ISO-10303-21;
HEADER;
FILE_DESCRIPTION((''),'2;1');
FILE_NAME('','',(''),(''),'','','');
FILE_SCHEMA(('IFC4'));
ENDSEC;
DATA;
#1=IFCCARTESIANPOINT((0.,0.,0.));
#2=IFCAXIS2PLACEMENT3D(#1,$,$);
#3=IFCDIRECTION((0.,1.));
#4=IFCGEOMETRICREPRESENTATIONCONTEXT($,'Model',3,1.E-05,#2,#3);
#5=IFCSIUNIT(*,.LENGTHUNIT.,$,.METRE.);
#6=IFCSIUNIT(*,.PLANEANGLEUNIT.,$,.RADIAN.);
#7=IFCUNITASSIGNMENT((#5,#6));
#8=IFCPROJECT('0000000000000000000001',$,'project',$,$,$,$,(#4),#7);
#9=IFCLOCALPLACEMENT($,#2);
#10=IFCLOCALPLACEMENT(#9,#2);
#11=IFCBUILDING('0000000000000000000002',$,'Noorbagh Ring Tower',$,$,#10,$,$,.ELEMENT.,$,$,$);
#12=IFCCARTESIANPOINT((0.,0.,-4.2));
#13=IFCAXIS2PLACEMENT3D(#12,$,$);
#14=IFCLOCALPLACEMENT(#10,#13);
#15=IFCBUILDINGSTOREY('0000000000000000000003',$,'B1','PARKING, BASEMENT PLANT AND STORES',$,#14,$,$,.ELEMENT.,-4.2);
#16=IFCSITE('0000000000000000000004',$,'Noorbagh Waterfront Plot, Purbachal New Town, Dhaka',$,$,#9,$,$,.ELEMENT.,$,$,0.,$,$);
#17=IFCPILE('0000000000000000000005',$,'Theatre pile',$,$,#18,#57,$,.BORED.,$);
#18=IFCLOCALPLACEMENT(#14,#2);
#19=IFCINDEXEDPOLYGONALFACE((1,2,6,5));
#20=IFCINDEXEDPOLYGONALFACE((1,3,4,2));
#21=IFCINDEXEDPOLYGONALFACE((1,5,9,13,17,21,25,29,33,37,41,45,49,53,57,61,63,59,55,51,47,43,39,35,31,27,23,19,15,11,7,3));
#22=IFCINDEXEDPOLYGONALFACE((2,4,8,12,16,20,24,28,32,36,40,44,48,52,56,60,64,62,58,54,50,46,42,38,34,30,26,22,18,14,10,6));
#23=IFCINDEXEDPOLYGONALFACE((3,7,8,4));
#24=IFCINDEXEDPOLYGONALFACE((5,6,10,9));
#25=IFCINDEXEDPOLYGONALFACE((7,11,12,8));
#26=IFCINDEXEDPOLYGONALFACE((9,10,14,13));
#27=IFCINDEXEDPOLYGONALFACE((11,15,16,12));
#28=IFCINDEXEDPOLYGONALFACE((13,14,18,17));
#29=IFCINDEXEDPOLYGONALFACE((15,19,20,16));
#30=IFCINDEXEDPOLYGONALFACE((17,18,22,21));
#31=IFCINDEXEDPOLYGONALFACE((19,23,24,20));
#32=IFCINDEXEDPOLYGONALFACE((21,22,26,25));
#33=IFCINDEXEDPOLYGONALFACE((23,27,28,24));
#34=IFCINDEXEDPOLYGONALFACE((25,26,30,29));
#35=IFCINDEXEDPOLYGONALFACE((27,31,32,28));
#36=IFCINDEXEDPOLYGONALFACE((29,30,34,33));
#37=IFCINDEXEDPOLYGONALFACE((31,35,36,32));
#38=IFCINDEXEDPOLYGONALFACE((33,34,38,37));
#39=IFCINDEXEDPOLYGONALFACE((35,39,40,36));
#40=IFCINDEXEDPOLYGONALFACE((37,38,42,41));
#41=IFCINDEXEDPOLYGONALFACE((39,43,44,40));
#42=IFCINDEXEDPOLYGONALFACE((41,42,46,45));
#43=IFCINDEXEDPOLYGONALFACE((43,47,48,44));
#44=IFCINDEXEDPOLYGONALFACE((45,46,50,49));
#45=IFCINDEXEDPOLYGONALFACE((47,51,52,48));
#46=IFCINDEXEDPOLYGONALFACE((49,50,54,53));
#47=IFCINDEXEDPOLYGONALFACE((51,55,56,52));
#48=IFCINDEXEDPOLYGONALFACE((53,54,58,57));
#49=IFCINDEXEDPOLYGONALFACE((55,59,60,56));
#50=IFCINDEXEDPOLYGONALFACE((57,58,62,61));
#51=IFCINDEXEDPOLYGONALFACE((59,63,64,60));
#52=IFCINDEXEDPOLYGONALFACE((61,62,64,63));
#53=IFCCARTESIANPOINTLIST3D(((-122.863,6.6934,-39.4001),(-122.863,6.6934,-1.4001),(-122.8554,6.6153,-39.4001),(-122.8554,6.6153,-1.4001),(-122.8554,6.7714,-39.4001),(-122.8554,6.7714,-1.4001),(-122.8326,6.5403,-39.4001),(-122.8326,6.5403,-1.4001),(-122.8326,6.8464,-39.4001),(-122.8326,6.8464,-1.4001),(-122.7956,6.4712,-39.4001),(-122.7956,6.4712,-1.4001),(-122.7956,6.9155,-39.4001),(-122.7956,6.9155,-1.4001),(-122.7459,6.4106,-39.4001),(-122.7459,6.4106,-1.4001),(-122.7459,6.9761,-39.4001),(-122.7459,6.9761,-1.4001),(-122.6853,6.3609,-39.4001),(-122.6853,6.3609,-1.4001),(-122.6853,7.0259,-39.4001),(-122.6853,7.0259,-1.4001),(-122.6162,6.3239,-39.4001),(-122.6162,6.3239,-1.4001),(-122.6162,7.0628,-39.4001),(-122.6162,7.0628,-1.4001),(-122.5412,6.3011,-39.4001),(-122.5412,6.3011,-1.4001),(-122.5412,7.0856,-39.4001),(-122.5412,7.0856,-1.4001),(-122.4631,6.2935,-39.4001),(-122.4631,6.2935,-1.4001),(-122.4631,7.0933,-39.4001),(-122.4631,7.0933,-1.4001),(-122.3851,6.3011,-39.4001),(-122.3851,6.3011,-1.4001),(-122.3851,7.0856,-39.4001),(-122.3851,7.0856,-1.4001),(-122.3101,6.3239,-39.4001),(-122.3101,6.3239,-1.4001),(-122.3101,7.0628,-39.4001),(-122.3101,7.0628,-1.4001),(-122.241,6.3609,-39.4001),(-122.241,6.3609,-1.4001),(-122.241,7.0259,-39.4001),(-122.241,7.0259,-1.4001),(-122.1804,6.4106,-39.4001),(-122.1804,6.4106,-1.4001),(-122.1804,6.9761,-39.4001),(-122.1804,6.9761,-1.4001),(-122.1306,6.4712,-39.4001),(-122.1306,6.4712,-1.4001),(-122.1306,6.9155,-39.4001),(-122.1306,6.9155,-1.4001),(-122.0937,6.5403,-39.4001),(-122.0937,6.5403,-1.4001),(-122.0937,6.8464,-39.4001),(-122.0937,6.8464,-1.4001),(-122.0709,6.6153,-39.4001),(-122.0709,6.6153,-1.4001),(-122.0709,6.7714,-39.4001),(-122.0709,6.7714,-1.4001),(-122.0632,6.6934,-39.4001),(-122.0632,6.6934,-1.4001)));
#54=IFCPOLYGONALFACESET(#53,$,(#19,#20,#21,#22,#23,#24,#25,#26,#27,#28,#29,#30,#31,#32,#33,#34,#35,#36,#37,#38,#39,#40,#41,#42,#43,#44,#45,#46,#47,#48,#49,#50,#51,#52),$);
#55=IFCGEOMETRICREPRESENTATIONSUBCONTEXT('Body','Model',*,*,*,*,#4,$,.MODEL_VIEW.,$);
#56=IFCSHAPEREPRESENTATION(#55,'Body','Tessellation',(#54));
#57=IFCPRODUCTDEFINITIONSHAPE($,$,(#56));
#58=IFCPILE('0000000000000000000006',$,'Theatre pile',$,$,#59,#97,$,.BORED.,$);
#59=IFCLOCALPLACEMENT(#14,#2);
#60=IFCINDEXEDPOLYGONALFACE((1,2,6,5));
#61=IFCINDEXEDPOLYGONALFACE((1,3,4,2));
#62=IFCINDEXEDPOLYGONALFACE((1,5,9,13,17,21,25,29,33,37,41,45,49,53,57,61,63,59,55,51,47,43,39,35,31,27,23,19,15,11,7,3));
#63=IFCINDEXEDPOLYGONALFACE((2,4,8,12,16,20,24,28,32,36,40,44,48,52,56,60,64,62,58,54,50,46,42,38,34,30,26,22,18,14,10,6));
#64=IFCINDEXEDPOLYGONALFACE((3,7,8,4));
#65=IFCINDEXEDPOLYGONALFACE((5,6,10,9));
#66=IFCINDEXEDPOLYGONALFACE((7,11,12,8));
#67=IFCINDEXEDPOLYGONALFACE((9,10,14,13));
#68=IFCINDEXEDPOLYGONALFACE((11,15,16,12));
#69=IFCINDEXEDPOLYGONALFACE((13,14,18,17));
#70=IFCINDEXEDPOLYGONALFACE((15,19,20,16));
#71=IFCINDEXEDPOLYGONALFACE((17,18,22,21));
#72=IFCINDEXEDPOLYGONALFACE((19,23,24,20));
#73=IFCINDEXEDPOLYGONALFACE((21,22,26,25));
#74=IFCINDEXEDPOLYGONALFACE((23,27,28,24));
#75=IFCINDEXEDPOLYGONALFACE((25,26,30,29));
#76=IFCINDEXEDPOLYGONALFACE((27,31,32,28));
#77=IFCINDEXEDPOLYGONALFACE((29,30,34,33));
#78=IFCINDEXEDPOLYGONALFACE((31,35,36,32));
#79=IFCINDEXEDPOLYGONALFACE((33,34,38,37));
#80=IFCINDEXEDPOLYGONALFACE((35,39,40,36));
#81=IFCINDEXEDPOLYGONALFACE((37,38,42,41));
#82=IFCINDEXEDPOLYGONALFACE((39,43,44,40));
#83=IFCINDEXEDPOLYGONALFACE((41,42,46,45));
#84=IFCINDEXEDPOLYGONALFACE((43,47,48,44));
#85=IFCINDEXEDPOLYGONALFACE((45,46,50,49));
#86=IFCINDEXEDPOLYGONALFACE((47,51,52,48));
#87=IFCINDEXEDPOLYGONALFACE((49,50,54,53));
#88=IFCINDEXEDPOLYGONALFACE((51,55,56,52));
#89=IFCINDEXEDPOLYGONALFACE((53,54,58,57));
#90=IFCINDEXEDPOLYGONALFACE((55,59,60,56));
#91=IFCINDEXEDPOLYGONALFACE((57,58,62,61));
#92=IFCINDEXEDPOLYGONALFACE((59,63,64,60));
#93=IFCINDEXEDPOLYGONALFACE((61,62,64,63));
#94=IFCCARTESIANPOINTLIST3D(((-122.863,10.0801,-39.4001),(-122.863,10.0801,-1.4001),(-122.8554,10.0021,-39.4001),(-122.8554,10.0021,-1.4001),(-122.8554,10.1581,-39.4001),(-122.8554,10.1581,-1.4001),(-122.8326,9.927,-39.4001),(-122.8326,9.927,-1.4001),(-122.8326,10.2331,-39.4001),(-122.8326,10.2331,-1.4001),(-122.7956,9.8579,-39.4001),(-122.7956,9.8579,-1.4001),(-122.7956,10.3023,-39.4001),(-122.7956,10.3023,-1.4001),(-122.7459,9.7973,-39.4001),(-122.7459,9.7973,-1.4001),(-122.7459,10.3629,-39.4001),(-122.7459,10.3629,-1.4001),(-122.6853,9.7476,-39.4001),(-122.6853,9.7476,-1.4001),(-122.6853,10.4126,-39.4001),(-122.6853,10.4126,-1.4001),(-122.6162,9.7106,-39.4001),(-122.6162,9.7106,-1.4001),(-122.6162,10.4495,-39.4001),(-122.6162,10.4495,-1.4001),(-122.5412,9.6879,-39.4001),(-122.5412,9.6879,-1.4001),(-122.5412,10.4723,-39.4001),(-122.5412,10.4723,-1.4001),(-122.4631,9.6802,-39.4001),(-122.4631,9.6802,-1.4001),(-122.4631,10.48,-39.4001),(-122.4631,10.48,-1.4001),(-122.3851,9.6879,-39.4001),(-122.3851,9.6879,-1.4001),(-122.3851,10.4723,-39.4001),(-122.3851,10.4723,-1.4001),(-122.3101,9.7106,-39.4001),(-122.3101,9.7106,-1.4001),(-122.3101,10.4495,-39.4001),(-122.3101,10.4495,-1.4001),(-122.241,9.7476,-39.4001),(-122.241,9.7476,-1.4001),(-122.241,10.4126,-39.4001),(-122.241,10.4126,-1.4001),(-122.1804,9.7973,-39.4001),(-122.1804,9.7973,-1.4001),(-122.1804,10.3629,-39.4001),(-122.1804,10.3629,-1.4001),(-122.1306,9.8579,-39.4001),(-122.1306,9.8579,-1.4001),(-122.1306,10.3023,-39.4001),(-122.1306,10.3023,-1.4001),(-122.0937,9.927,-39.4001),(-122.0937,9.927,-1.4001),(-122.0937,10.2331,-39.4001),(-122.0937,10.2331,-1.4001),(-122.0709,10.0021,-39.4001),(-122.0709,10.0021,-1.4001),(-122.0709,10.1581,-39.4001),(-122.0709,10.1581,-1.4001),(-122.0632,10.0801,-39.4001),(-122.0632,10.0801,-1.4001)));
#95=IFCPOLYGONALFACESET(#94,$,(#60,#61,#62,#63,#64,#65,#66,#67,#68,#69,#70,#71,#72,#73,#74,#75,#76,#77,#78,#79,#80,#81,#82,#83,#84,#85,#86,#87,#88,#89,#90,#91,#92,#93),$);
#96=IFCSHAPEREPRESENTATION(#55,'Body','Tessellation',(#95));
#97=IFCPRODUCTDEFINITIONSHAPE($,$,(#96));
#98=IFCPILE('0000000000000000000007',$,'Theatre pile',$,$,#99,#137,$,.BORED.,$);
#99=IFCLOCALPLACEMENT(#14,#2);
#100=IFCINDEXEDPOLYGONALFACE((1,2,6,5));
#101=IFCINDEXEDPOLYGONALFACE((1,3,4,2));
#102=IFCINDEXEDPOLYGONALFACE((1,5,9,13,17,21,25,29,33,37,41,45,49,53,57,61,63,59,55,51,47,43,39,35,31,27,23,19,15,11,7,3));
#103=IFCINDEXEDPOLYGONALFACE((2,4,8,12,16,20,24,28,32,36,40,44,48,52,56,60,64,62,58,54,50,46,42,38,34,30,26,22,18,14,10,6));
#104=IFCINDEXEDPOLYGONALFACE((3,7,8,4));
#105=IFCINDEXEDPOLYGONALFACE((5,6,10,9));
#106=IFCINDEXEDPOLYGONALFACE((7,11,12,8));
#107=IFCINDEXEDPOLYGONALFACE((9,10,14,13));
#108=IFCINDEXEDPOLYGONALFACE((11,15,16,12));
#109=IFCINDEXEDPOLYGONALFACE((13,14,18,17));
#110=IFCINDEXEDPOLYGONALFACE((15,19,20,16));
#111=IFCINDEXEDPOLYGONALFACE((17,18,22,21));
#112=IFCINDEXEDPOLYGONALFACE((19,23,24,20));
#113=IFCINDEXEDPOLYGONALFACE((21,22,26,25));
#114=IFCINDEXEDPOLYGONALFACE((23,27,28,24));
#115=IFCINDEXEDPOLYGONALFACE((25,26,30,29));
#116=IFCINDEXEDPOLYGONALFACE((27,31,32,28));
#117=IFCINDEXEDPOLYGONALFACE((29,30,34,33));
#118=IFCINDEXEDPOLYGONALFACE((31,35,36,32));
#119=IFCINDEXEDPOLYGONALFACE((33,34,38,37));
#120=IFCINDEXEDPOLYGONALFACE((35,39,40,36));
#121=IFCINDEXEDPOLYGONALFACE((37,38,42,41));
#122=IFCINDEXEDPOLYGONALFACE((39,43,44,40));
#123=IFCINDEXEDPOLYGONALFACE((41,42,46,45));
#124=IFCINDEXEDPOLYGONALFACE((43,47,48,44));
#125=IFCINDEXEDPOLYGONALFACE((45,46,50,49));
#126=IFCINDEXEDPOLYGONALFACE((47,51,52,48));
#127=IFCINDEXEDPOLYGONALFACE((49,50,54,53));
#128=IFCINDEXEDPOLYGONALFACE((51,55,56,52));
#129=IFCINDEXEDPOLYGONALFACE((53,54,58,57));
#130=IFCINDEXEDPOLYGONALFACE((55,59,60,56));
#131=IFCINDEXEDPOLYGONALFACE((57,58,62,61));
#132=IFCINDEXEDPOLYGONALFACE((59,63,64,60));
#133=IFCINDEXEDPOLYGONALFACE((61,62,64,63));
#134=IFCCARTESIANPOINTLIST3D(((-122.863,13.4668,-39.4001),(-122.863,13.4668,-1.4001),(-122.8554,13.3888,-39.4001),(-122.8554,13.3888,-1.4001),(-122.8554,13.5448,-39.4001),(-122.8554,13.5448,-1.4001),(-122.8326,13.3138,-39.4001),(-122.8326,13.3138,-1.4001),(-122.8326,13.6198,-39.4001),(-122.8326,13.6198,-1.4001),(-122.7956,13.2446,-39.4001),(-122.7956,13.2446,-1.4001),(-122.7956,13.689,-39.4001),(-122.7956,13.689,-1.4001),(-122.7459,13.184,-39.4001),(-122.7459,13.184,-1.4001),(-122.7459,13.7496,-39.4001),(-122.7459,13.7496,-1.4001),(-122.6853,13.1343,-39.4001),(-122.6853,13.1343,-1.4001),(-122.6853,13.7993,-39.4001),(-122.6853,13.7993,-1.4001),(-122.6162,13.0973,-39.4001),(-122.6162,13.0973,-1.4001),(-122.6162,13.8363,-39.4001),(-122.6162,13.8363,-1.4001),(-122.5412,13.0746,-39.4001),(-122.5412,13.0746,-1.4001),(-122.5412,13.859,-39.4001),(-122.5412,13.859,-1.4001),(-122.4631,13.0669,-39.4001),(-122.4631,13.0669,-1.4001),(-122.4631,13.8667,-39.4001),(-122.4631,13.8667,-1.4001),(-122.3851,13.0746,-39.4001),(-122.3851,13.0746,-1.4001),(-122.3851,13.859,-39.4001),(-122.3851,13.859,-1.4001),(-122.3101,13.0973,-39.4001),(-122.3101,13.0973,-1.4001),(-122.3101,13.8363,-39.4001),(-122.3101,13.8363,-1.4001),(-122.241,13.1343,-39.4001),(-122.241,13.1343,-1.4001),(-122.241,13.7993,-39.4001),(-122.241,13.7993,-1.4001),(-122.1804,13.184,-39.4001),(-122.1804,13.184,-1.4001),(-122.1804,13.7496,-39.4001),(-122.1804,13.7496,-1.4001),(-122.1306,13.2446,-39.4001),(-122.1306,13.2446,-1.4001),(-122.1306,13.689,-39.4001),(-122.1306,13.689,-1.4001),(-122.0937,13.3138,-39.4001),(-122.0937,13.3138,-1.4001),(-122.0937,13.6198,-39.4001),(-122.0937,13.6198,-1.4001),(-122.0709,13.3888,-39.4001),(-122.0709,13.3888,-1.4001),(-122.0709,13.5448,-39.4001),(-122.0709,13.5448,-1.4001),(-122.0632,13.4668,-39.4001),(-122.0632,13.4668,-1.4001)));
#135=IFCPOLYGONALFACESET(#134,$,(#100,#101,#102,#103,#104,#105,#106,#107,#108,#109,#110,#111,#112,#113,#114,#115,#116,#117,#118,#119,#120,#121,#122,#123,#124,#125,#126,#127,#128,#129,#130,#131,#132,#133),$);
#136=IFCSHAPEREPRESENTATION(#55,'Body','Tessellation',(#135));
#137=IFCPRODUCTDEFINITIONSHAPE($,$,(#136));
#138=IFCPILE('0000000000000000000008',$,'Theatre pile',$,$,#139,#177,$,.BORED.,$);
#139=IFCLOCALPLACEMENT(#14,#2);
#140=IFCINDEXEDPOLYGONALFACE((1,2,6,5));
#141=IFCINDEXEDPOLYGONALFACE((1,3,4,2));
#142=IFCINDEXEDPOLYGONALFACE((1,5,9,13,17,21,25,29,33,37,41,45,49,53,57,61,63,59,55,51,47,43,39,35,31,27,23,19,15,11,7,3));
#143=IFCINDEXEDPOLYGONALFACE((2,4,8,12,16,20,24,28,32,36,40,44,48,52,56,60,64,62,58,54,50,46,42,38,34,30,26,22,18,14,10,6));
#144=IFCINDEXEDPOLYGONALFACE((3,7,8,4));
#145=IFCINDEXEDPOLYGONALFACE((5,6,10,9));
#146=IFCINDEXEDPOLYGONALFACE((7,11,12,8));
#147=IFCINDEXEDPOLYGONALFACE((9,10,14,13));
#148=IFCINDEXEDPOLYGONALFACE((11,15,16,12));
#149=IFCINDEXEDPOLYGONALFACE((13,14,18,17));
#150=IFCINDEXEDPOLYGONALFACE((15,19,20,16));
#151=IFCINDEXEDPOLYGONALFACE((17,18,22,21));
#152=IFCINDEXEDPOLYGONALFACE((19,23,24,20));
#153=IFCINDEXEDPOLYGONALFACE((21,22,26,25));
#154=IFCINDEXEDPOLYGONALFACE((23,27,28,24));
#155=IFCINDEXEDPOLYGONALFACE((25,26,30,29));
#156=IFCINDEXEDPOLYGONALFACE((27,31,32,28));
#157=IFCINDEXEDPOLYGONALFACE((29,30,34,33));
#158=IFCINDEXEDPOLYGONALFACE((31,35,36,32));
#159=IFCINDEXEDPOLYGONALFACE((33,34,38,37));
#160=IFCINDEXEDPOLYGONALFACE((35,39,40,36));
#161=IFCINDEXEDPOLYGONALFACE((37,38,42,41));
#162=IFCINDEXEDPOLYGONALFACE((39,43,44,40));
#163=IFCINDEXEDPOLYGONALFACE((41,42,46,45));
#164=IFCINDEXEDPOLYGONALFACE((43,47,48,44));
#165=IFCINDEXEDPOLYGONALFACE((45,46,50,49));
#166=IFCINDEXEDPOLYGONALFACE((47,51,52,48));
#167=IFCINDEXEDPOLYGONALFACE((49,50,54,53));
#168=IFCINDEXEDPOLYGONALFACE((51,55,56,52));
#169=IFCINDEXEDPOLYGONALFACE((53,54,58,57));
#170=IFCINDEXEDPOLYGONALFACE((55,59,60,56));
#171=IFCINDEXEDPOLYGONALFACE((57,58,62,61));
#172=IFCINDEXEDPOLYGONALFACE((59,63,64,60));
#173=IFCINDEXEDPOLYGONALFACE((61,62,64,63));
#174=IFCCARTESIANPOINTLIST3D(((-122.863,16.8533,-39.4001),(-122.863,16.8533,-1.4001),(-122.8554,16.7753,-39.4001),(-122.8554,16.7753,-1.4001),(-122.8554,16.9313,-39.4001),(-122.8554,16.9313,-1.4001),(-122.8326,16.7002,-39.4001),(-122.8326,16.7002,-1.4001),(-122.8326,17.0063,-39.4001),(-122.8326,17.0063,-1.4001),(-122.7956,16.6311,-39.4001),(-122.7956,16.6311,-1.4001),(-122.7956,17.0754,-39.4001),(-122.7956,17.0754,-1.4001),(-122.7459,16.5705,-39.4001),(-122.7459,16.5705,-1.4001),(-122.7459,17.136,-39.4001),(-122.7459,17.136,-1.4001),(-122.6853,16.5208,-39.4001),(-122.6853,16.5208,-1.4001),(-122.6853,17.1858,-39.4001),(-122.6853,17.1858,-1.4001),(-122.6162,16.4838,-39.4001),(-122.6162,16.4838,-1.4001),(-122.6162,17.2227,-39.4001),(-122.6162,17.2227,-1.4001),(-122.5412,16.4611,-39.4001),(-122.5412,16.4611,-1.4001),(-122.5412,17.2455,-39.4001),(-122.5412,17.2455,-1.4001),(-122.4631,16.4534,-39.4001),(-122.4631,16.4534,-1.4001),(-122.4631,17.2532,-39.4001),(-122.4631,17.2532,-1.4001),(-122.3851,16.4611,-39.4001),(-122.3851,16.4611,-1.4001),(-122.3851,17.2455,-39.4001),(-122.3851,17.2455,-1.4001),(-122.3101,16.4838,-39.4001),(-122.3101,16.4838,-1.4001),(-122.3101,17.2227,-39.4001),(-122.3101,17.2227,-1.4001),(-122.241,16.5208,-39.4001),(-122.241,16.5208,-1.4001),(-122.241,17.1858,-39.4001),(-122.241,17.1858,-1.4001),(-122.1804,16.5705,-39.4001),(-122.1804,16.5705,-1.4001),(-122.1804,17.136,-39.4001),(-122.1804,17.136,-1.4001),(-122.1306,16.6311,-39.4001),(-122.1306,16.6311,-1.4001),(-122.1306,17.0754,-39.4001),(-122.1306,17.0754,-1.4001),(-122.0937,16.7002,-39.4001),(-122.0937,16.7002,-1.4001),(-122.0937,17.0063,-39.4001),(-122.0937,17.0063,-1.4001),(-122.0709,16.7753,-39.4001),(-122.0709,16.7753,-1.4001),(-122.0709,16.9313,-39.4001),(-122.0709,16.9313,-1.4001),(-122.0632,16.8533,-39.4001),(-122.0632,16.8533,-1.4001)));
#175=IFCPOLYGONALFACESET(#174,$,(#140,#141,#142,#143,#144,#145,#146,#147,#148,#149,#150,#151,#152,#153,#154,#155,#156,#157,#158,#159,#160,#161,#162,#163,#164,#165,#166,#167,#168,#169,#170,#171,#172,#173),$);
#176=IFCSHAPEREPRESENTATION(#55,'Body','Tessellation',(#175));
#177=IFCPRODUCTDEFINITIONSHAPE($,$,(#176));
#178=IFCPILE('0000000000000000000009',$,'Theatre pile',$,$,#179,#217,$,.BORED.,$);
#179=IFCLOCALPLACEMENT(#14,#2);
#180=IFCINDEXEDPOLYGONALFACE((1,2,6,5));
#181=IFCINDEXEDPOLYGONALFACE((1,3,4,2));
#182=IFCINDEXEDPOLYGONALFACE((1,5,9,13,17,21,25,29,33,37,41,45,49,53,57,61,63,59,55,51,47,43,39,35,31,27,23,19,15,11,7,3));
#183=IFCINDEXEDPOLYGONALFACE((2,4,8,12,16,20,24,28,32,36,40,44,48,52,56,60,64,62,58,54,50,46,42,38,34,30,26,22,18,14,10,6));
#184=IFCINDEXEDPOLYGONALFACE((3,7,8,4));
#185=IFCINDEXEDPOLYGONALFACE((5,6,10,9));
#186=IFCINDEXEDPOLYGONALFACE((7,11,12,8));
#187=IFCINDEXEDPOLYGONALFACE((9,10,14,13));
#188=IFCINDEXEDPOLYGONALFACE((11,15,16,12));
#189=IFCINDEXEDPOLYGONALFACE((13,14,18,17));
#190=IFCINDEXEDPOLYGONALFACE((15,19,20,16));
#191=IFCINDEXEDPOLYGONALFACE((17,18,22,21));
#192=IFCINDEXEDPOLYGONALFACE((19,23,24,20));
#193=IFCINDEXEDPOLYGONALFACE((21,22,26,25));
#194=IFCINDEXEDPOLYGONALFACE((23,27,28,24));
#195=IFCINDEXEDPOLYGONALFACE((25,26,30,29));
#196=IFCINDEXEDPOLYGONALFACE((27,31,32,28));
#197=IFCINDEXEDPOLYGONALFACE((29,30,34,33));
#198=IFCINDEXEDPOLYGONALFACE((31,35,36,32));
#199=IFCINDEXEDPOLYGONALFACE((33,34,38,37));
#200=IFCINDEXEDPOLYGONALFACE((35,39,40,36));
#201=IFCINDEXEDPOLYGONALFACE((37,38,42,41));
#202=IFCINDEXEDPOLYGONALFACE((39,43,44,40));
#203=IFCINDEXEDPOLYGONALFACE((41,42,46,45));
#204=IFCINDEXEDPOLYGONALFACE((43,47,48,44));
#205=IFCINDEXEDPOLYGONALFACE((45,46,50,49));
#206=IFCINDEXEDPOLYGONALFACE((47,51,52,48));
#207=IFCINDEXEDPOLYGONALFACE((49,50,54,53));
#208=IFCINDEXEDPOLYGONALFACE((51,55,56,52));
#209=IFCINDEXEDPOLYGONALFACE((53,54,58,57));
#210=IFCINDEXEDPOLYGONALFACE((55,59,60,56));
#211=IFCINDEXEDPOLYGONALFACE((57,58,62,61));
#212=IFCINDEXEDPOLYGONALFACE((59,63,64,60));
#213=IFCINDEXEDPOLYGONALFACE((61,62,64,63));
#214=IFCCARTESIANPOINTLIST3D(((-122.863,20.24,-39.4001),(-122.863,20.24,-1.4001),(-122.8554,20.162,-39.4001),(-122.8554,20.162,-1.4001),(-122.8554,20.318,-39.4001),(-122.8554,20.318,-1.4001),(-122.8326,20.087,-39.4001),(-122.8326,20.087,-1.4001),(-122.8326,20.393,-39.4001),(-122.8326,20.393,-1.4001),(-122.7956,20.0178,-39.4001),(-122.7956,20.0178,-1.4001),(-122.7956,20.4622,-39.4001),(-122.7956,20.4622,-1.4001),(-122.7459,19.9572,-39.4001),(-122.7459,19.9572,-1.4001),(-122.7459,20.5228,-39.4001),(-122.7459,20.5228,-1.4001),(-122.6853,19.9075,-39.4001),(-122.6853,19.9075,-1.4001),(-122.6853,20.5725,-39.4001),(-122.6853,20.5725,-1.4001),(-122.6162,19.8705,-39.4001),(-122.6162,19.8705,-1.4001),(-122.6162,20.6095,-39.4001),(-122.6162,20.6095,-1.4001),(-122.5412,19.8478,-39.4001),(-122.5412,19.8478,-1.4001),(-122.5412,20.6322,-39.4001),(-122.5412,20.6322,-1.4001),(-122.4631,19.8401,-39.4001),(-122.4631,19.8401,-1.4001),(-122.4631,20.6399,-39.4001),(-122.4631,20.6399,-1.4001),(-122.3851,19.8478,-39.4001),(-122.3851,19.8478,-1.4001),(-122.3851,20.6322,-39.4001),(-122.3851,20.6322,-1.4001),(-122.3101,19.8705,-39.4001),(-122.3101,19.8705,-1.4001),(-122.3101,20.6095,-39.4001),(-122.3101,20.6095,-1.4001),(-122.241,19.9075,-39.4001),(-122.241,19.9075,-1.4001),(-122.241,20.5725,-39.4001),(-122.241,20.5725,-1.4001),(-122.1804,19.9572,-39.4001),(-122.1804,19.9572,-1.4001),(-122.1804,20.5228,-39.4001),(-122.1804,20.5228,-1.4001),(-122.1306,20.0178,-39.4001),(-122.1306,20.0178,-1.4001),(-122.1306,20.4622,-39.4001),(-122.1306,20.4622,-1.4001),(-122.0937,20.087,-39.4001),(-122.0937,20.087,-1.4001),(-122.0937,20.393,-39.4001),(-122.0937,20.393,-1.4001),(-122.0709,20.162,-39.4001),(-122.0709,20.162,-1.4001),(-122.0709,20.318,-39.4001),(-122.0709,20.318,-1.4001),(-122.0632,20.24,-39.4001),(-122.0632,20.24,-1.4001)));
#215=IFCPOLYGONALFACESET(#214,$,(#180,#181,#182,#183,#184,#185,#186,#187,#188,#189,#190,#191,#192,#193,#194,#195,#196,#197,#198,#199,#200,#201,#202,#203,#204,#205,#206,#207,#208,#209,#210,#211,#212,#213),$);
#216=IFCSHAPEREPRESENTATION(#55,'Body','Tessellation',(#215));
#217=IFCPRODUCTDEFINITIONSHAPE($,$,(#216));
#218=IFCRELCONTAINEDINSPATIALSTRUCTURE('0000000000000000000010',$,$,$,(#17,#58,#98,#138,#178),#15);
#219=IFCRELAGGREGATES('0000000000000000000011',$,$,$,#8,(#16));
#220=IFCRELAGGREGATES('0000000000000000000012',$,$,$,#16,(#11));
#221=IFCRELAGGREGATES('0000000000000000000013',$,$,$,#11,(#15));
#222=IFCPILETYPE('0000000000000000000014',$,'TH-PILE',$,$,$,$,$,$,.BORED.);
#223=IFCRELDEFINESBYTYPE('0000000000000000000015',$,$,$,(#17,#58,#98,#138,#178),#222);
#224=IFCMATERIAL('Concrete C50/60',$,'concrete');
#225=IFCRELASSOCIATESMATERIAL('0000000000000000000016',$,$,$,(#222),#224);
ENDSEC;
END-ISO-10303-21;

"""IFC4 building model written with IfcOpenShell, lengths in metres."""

from ifc_helpers import new_model, si_unit, direction, frame, origin, origin_2d, place, context, subcontext, project, spatial, circle, extrude, material, material_profile, profile_set, type_object, element, save


model = new_model("IFC4")

# Units and contexts
model_context = context("Model", 3, precision=1e-05, world=origin(), true_north=direction((0.0, 1.0)))
body_context = subcontext(model_context, "Body", "Model", "MODEL_VIEW")
ifc_project = project(units=[si_unit("LENGTHUNIT", "METRE"), si_unit("PLANEANGLEUNIT", "RADIAN")], contexts=[model_context])

# Site, building, storey
site_placement = place(None, origin())
site = spatial("IfcSite", under=ifc_project, at=site_placement, Name="Noorbagh Waterfront Plot, Purbachal New Town, Dhaka", CompositionType="ELEMENT", RefElevation=0.0)
building_placement = place(site_placement, origin())
building = spatial("IfcBuilding", under=site, at=building_placement, Name="Noorbagh Ring Tower", CompositionType="ELEMENT")
storey_placement = place(building_placement, frame((0.0, 0.0, -4.2)))
storey = spatial("IfcBuildingStorey", under=building, at=storey_placement, Name="B1", Description="PARKING, BASEMENT PLANT AND STORES", CompositionType="ELEMENT", Elevation=-4.2)

# Piles
ifc_material_1 = material(Name="Concrete C50/60", Category="concrete")
ifc_material_profile = material_profile(ifc_material_1, circle(Radius=0.3999, at=origin_2d()), Name="PILE800")
ifc_profile_set = profile_set([ifc_material_profile], Name="Concrete C50/60")
pile_type = type_object("IfcPileType", Name="TH-PILE", PredefinedType="BORED", material=ifc_profile_set)
for number, where, z_axis, x_axis, name in (
    (1, (-122.4631, 6.6934, -1.4001), (0.0, 0.0, -1.0), (1.0, 0.0, 0.0), "Theatre pile"),
    (2, (-122.4631, 10.0801, -1.4001), (0.0, 0.0, -1.0), (1.0, 0.0, 0.0), "Theatre pile"),
    (3, (-122.4631, 13.4668, -1.4001), (0.0, 0.0, -1.0), (1.0, 0.0, 0.0), "Theatre pile"),
    (4, (-122.4631, 16.8533, -1.4001), (0.0, 0.0, -1.0), (1.0, 0.0, 0.0), "Theatre pile"),
    (5, (-122.4631, 20.24, -1.4001), (0.0, 0.0, -1.0), (1.0, 0.0, 0.0), "Theatre pile"),
):
    element("IfcPile", number, at=place(storey_placement, frame(where, z_axis=z_axis, x_axis=x_axis)), inside=storey, type_object=pile_type, Name=name, PredefinedType="BORED", context=body_context, shape_type="SweptSolid", body=[
        extrude(circle(Radius=0.3999, at=origin_2d()), origin(), (0.0, 0.0, 1.0), 38.0),
    ])

save(model, "model.ifc")
